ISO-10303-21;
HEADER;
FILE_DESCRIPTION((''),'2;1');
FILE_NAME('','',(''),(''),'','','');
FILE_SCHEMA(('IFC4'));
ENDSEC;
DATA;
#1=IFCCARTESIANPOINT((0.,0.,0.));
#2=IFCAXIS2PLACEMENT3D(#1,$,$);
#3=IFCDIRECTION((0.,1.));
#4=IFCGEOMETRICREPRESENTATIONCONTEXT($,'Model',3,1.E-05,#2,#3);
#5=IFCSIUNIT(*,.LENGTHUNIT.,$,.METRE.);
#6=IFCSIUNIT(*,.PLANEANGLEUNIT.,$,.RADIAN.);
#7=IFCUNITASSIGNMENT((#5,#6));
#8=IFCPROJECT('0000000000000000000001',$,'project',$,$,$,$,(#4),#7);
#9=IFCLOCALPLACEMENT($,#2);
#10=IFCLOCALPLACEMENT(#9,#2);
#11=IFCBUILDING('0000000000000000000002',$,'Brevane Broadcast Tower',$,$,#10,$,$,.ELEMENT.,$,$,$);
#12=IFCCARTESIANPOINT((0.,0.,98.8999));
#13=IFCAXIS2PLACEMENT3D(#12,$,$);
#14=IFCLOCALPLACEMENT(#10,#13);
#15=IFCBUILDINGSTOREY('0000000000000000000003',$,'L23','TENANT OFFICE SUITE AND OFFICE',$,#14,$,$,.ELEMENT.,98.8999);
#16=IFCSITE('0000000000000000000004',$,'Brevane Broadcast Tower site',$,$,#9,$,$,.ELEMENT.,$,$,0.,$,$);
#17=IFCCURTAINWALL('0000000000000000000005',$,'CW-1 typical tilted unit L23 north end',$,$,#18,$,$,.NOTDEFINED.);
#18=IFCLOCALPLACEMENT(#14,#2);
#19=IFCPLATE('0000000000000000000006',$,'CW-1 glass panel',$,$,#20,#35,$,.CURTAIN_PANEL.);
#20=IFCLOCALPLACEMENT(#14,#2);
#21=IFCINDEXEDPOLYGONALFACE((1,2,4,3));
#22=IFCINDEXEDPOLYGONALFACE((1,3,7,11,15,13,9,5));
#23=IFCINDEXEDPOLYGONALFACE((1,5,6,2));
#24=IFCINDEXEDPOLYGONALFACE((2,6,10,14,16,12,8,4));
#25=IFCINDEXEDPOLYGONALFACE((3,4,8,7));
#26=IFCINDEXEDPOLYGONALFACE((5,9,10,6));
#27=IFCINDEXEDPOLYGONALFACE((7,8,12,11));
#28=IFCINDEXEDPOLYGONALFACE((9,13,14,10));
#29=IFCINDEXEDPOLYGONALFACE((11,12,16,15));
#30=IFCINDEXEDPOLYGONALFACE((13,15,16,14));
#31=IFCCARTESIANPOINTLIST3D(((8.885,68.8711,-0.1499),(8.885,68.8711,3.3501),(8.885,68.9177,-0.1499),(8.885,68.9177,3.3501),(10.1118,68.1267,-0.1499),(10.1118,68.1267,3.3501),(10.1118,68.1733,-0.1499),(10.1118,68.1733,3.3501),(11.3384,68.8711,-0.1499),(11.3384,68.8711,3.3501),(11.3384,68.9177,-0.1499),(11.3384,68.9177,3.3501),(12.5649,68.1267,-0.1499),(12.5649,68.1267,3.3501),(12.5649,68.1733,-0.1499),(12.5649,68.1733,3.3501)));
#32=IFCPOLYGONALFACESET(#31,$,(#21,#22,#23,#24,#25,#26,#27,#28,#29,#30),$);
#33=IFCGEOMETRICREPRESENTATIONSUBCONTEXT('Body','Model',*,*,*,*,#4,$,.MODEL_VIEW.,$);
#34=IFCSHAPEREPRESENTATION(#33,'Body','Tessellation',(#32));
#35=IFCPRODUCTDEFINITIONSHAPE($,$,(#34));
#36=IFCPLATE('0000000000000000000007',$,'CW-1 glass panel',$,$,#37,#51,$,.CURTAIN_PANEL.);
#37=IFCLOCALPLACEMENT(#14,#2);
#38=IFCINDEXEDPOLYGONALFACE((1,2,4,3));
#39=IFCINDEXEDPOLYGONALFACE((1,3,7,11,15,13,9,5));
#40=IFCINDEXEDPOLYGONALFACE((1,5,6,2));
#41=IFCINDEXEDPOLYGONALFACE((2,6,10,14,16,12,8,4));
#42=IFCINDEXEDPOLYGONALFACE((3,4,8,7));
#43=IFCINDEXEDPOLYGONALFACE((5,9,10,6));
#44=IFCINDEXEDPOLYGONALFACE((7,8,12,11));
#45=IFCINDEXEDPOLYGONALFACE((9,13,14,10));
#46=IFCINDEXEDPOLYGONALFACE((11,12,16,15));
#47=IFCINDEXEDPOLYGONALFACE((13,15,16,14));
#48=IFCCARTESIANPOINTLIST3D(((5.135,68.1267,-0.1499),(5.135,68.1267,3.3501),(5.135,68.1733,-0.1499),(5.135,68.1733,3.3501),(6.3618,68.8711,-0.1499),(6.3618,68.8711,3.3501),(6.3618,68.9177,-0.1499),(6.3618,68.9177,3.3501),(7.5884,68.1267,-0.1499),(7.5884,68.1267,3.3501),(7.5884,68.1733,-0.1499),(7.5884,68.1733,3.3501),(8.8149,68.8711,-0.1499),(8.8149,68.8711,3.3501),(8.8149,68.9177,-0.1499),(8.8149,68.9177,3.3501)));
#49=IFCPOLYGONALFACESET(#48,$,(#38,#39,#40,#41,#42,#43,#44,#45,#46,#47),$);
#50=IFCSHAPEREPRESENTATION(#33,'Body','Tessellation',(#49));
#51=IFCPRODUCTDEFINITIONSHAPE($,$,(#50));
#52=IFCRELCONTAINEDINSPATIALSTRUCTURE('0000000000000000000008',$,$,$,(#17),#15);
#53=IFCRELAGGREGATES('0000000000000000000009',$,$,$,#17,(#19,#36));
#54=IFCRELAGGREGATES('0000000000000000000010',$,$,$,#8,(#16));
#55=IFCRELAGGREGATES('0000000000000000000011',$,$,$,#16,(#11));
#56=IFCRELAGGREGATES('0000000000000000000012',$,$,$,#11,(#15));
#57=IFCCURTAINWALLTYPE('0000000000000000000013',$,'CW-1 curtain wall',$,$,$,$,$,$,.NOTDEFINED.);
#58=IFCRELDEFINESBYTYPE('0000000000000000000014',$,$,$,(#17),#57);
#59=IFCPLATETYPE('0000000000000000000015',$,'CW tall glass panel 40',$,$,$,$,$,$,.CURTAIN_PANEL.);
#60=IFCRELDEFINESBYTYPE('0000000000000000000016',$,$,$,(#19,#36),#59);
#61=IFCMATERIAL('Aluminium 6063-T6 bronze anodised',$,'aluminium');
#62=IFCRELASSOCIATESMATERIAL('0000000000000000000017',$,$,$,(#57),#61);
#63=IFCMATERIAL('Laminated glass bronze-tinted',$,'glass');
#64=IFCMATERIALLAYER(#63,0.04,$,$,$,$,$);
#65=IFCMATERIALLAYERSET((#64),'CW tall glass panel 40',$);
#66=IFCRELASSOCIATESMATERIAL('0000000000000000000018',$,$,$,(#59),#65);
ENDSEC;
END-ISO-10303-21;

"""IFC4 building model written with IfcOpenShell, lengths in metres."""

from ifc_helpers import new_model, si_unit, direction, frame, origin, place, context, subcontext, project, spatial, polyline, outline, extrude, material, layer, layer_set, type_object, element, aggregate, save


model = new_model("IFC4")

# Units and contexts
model_context = context("Model", 3, precision=1e-05, world=origin(), true_north=direction((0.0, 1.0)))
body_context = subcontext(model_context, "Body", "Model", "MODEL_VIEW")
ifc_project = project(units=[si_unit("LENGTHUNIT", "METRE"), si_unit("PLANEANGLEUNIT", "RADIAN")], contexts=[model_context])

# Site, building, storey
site_placement = place(None, origin())
site = spatial("IfcSite", under=ifc_project, at=site_placement, Name="Brevane Broadcast Tower site", CompositionType="ELEMENT", RefElevation=0.0)
building_placement = place(site_placement, origin())
building = spatial("IfcBuilding", under=site, at=building_placement, Name="Brevane Broadcast Tower", CompositionType="ELEMENT")
storey_placement = place(building_placement, frame((0.0, 0.0, 98.8999)))
storey = spatial("IfcBuildingStorey", under=building, at=storey_placement, Name="L23", Description="TENANT OFFICE SUITE AND OFFICE", CompositionType="ELEMENT", Elevation=98.8999)

# Shared definitions
ifc_material_1 = material(Name="Aluminium 6063-T6 bronze anodised", Category="aluminium")
curtain_wall_type = type_object("IfcCurtainWallType", Name="CW-1 curtain wall", PredefinedType="NOTDEFINED", material=ifc_material_1)

# Curtain wall, plates
ifc_material_2 = material(Name="Laminated glass bronze-tinted", Category="glass")
ifc_layer = layer(ifc_material_2, 0.04)
ifc_layer_set = layer_set([ifc_layer], Name="CW tall glass panel 40")
plate_type = type_object("IfcPlateType", Name="CW tall glass panel 40", PredefinedType="CURTAIN_PANEL", material=ifc_layer_set)
curtain_wall_1_placement = place(storey_placement, origin())
curtain_wall_1 = element("IfcCurtainWall", 1, at=curtain_wall_1_placement, inside=storey, type_object=curtain_wall_type, Name="CW-1 typical tilted unit L23 north end", PredefinedType="NOTDEFINED")
plate_1_placement = place(storey_placement, frame((0.0, 0.0, -0.1499)))
plate_1 = element("IfcPlate", 2, at=plate_1_placement, type_object=plate_type, Name="CW-1 glass panel", PredefinedType="CURTAIN_PANEL", context=body_context, shape_type="SweptSolid", body=[
    extrude(outline(polyline([(12.5649, 68.1267), (12.5649, 68.1733), (11.3384, 68.9177), (10.1118, 68.1733), (8.885, 68.9177), (8.885, 68.8711), (10.1118, 68.1267), (11.3384, 68.8711), (12.5649, 68.1267)])), origin(), (0.0, 0.0, 1.0), 3.5),
])
plate_2_placement = place(storey_placement, frame((0.0, 0.0, -0.1499)))
plate_2 = element("IfcPlate", 3, at=plate_2_placement, type_object=plate_type, Name="CW-1 glass panel", PredefinedType="CURTAIN_PANEL", context=body_context, shape_type="SweptSolid", body=[
    extrude(outline(polyline([(8.8149, 68.8711), (8.8149, 68.9177), (7.5884, 68.1733), (6.3618, 68.9177), (5.135, 68.1733), (5.135, 68.1267), (6.3618, 68.8711), (7.5884, 68.1267), (8.8149, 68.8711)])), origin(), (0.0, 0.0, 1.0), 3.5),
])
aggregate(curtain_wall_1, [plate_1, plate_2])

save(model, "model.ifc")
